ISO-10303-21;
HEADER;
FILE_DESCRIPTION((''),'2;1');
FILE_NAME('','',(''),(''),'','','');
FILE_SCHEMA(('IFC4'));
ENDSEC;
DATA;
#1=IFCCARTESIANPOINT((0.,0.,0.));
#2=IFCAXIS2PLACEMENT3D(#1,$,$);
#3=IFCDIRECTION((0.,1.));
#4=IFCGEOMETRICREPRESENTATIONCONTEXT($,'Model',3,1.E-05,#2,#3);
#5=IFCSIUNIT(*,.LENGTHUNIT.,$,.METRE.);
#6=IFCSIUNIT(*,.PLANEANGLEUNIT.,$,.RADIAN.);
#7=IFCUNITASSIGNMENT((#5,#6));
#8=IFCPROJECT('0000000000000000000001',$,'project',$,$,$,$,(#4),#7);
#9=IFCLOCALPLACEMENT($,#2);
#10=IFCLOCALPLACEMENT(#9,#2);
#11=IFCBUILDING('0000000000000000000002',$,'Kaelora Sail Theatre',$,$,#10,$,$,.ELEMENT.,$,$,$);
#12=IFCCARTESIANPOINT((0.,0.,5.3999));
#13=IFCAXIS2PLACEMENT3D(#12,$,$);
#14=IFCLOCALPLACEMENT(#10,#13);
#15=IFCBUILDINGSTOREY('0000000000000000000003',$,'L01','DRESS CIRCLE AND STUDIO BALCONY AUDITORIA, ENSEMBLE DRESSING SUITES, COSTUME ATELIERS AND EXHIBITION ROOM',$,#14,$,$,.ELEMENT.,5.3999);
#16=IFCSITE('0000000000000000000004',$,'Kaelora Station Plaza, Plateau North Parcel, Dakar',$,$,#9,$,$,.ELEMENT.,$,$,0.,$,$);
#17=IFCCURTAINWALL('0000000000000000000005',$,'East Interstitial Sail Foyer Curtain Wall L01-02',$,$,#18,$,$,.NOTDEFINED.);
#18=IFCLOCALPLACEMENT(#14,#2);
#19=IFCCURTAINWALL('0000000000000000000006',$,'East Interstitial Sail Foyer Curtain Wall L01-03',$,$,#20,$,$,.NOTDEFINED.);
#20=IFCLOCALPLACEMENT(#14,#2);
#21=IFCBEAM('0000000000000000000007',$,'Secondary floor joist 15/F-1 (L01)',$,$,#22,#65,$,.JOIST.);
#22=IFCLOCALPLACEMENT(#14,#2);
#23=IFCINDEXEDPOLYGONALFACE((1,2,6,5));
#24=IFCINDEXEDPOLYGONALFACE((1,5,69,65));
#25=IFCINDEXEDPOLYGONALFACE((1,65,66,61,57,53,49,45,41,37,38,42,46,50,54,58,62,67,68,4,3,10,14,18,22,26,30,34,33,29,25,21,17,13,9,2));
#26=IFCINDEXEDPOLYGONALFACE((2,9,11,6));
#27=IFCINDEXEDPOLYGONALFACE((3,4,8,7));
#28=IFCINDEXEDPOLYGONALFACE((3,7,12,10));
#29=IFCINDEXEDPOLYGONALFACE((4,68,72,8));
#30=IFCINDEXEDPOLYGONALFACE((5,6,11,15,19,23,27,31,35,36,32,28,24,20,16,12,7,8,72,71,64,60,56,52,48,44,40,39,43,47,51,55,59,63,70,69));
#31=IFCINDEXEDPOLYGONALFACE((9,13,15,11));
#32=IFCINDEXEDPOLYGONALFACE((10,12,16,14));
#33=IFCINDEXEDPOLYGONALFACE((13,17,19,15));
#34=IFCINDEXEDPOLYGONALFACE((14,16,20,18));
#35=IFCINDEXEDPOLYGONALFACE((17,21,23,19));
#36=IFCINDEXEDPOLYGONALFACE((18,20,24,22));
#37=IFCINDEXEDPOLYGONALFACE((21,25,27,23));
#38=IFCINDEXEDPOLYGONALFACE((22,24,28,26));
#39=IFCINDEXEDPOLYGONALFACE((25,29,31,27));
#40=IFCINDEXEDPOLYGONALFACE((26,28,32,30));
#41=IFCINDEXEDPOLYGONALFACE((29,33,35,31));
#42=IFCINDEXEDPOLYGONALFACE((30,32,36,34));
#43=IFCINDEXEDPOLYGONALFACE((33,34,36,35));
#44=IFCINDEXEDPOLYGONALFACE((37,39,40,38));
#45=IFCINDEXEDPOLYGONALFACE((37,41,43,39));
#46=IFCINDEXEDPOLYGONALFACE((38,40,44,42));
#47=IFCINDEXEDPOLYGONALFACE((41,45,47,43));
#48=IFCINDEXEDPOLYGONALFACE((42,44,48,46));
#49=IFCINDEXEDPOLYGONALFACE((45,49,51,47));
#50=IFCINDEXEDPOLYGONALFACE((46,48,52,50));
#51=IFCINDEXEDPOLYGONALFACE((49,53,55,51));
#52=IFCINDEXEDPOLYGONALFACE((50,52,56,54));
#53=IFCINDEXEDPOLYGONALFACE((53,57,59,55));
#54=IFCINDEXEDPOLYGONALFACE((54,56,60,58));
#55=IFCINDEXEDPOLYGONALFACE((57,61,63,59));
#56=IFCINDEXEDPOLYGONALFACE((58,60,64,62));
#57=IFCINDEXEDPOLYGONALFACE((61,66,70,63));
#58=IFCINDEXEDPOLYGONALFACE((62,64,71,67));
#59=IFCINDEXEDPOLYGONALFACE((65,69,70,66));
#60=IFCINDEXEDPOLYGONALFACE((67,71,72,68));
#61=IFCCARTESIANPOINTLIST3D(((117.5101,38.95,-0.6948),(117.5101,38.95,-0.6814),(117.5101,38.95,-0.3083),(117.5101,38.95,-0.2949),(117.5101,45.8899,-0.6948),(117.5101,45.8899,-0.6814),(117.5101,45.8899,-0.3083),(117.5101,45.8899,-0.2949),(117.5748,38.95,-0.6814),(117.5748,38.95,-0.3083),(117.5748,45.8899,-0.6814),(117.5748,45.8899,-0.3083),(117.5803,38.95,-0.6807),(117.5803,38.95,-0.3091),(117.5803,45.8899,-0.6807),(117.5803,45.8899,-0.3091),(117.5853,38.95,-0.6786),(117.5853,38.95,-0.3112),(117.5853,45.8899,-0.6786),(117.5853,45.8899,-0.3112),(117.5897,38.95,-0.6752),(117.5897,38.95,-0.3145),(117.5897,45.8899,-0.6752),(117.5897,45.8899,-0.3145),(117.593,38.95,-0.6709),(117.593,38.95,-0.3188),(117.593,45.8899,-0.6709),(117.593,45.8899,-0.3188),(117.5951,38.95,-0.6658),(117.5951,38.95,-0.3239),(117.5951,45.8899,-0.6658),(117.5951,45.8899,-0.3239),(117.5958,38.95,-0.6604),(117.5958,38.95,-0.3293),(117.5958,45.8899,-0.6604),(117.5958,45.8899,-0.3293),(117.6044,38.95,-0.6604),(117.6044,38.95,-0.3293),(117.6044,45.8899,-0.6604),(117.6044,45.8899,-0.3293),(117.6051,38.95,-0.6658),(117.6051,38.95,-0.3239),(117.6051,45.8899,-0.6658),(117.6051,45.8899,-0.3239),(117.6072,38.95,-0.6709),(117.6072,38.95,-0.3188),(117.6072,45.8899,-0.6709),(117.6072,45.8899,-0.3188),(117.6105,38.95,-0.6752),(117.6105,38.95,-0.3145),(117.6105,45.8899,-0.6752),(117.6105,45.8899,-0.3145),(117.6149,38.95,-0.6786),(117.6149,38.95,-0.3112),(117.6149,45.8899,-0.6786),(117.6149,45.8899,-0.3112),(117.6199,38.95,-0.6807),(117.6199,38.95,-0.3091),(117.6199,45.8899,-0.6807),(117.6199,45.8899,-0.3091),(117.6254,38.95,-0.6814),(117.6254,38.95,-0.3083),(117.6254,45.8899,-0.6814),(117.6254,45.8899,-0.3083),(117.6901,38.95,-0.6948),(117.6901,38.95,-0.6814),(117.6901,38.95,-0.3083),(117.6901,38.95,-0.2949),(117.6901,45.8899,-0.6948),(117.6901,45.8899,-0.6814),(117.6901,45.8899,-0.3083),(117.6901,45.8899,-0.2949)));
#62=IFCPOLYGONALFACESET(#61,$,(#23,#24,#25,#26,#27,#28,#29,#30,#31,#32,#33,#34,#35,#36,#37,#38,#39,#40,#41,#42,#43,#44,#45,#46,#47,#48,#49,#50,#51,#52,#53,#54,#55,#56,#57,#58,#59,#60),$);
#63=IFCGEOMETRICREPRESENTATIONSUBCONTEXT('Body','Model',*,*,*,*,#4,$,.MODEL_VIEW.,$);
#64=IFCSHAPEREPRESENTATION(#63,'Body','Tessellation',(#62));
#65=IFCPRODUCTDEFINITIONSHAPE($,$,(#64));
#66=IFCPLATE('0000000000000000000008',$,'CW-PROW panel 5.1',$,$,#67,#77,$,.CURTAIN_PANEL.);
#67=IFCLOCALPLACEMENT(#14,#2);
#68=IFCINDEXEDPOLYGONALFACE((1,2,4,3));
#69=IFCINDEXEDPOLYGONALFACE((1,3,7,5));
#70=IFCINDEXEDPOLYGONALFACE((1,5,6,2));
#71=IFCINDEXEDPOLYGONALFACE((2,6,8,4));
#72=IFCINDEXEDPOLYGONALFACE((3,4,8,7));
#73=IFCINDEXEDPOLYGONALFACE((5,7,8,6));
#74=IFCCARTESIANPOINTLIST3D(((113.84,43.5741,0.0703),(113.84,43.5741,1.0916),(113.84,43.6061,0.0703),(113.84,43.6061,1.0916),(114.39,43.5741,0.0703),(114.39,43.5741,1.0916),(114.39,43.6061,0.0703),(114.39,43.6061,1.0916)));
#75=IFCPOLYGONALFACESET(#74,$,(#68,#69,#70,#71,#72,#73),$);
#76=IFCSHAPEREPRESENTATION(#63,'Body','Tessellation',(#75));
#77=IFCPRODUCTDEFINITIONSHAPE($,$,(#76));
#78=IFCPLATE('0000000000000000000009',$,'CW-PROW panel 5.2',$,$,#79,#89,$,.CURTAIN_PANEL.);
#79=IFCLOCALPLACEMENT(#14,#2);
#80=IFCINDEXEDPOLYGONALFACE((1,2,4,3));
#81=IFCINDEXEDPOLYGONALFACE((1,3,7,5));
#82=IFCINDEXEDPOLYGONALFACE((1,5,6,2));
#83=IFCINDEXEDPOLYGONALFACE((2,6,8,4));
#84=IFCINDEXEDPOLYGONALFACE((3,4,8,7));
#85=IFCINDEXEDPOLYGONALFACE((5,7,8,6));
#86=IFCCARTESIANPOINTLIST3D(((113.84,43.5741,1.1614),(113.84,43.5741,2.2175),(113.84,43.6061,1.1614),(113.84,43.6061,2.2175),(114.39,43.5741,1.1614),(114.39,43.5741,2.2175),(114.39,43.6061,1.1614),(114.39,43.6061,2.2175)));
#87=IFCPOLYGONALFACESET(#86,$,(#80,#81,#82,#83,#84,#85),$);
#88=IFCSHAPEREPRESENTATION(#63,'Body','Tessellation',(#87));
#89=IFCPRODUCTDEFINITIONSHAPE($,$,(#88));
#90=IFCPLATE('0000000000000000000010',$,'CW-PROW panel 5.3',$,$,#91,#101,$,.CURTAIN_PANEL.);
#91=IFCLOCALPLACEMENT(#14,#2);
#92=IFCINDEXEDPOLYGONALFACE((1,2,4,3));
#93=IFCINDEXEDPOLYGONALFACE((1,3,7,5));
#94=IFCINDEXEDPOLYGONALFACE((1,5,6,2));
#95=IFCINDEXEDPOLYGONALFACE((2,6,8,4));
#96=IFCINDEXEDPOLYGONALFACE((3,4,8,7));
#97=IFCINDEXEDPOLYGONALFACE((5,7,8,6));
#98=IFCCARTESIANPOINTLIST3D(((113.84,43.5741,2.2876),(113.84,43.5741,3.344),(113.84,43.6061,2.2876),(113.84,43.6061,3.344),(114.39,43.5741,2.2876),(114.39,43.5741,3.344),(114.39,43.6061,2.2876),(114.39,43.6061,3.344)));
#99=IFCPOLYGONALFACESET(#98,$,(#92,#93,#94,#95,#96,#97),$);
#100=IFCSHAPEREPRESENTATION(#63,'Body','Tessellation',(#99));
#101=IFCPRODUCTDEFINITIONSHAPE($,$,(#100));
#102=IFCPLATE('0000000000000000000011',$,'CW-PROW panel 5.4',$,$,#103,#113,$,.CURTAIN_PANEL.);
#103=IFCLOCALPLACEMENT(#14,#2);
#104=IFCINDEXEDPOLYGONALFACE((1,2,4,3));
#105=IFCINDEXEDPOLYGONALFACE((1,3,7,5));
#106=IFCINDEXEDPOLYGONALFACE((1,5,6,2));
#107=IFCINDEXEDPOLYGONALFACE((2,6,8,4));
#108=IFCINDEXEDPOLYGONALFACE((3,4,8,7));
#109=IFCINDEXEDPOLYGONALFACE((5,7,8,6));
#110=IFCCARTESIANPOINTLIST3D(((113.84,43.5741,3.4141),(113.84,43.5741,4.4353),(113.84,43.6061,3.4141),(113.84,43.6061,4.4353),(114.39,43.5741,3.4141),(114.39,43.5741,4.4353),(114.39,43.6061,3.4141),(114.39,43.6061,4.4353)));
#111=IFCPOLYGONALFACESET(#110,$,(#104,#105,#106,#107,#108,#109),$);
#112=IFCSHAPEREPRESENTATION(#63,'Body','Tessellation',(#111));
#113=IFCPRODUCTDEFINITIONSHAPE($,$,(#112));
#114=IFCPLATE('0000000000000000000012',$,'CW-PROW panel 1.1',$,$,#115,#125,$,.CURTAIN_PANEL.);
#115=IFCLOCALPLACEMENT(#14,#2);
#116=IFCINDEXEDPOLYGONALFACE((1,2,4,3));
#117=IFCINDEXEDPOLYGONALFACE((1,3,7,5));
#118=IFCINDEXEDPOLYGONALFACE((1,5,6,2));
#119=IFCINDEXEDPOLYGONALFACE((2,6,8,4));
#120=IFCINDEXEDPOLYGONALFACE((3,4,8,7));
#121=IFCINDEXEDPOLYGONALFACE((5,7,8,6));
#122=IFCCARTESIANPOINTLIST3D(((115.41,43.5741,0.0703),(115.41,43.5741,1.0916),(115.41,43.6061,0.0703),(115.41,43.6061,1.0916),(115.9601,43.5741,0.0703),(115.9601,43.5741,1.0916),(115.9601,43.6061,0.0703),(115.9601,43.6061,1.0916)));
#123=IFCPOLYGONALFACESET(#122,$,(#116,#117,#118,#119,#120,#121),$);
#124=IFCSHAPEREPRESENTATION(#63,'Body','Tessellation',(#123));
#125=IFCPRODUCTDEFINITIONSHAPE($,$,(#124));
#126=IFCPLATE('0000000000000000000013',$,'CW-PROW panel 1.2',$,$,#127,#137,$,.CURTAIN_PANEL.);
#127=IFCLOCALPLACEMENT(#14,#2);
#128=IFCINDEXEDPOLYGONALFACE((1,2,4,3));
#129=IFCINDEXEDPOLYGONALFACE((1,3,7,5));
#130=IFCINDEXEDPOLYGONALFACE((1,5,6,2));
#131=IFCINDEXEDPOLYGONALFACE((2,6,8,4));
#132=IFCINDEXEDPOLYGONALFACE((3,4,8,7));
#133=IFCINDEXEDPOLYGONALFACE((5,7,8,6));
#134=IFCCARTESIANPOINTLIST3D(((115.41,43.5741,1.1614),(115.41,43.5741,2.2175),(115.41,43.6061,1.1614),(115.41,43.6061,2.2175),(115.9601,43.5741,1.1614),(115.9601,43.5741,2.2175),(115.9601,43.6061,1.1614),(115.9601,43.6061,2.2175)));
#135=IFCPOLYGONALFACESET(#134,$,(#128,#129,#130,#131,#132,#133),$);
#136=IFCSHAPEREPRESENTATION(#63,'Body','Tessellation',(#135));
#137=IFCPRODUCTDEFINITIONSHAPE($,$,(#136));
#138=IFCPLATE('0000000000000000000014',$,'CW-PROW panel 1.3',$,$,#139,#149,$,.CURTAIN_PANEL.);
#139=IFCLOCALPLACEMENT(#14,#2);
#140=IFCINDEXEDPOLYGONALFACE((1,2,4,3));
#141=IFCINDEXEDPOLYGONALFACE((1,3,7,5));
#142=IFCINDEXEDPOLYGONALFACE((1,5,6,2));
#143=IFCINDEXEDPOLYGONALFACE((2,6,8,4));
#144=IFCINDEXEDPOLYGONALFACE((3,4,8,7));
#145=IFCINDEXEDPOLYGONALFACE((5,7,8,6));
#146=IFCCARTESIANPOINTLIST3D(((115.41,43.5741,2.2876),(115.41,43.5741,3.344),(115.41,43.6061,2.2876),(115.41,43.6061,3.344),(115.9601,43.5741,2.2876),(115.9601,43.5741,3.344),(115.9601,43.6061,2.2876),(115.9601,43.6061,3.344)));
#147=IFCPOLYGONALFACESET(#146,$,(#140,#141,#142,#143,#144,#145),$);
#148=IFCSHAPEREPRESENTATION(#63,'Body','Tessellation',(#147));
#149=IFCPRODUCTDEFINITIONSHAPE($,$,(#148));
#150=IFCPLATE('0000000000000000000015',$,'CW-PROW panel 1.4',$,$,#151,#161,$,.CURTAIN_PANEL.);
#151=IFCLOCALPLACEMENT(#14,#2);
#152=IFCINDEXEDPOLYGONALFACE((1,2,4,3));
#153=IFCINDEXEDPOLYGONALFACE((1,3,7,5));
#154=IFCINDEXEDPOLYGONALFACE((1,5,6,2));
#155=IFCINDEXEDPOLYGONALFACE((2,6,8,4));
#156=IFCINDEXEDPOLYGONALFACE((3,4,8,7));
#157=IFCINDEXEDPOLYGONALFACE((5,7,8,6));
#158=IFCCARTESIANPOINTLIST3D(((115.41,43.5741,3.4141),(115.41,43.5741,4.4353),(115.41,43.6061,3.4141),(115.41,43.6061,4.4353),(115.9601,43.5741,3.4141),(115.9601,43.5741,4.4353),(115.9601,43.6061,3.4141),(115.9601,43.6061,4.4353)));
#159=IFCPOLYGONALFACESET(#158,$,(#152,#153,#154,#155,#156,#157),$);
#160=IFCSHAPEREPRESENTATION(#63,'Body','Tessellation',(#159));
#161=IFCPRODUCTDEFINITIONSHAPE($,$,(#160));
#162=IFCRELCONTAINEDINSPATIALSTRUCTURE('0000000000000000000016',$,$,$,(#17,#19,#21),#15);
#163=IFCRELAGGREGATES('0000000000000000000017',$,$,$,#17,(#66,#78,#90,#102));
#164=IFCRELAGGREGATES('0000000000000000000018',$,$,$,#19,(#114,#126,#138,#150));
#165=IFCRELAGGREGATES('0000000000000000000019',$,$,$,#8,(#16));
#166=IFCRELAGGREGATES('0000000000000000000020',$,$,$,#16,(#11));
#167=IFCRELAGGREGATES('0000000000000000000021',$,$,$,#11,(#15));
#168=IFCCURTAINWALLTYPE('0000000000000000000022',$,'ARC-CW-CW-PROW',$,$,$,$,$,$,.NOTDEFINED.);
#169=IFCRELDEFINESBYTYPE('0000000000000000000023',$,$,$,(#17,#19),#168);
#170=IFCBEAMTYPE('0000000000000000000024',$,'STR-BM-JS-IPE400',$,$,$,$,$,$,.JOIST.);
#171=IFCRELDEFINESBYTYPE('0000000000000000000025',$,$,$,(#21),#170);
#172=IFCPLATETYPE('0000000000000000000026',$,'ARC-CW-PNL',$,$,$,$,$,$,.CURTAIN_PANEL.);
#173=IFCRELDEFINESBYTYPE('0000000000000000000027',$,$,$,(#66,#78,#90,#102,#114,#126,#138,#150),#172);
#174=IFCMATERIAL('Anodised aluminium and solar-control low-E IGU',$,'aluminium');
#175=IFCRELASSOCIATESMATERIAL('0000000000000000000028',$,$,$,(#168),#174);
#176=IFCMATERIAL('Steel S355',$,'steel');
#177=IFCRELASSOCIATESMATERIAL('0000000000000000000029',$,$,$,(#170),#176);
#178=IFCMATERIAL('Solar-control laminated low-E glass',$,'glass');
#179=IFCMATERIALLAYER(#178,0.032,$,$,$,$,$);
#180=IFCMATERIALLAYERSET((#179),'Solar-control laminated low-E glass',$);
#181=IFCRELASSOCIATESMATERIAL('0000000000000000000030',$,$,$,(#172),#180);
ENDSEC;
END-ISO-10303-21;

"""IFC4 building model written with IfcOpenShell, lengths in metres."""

from ifc_helpers import new_model, si_unit, direction, frame, origin, origin_2d, place, context, subcontext, project, spatial, rectangle, i_section, extrude, material, layer, layer_set, material_profile, profile_set, type_object, element, aggregate, save


model = new_model("IFC4")

# Units and contexts
model_context = context("Model", 3, precision=1e-05, world=origin(), true_north=direction((0.0, 1.0)))
body_context = subcontext(model_context, "Body", "Model", "MODEL_VIEW")
ifc_project = project(units=[si_unit("LENGTHUNIT", "METRE"), si_unit("PLANEANGLEUNIT", "RADIAN")], contexts=[model_context])

# Site, building, storey
site_placement = place(None, origin())
site = spatial("IfcSite", under=ifc_project, at=site_placement, Name="Kaelora Station Plaza, Plateau North Parcel, Dakar", CompositionType="ELEMENT", RefElevation=0.0)
building_placement = place(site_placement, origin())
building = spatial("IfcBuilding", under=site, at=building_placement, Name="Kaelora Sail Theatre", CompositionType="ELEMENT")
storey_placement = place(building_placement, frame((0.0, 0.0, 5.3999)))
storey = spatial("IfcBuildingStorey", under=building, at=storey_placement, Name="L01", Description="DRESS CIRCLE AND STUDIO BALCONY AUDITORIA, ENSEMBLE DRESSING SUITES, COSTUME ATELIERS AND EXHIBITION ROOM", CompositionType="ELEMENT", Elevation=5.3999)

# Curtain wall
ifc_material_1 = material(Name="Anodised aluminium and solar-control low-E IGU", Category="aluminium")
curtain_wall_type = type_object("IfcCurtainWallType", Name="ARC-CW-CW-PROW", PredefinedType="NOTDEFINED", material=ifc_material_1)
curtain_wall_1_placement = place(storey_placement, origin())
curtain_wall_1 = element("IfcCurtainWall", 1, at=curtain_wall_1_placement, inside=storey, type_object=curtain_wall_type, Name="East Interstitial Sail Foyer Curtain Wall L01-02", PredefinedType="NOTDEFINED")

# Curtain wall
curtain_wall_2_placement = place(storey_placement, origin())
curtain_wall_2 = element("IfcCurtainWall", 2, at=curtain_wall_2_placement, inside=storey, type_object=curtain_wall_type, Name="East Interstitial Sail Foyer Curtain Wall L01-03", PredefinedType="NOTDEFINED")

# Beam
ifc_material_2 = material(Name="Steel S355", Category="steel")
ifc_material_profile_1 = material_profile(ifc_material_2, i_section(OverallWidth=0.1799, OverallDepth=0.3999, WebThickness=0.0085, FlangeThickness=0.0134, FilletRadius=0.021, at=origin_2d()), Name="IPE 400")
ifc_profile_set_1 = profile_set([ifc_material_profile_1], Name="Steel S355")
beam_type_1 = type_object("IfcBeamType", Name="STR-BM-JS-IPE400", PredefinedType="JOIST", material=ifc_profile_set_1)
beam_1_placement = place(storey_placement, frame((117.6001, 38.95, -0.4949), z_axis=(0.0, 1.0, 0.0), x_axis=(-1.0, 0.0, 0.0)))
element("IfcBeam", 3, at=beam_1_placement, inside=storey, type_object=beam_type_1, Name="Secondary floor joist 15/F-1 (L01)", PredefinedType="JOIST", context=body_context, shape_type="SweptSolid", body=[
    extrude(i_section(OverallWidth=0.1799, OverallDepth=0.3999, WebThickness=0.0085, FlangeThickness=0.0134, FilletRadius=0.021, at=origin_2d()), origin(), (0.0, 0.0, 1.0), 6.9399),
])

# Plates
ifc_material_3 = material(Name="Solar-control laminated low-E glass", Category="glass")
ifc_layer = layer(ifc_material_3, 0.032)
ifc_layer_set = layer_set([ifc_layer], Name="Solar-control laminated low-E glass")
plate_type = type_object("IfcPlateType", Name="ARC-CW-PNL", PredefinedType="CURTAIN_PANEL", material=ifc_layer_set)
plate_1_placement = place(storey_placement, frame((114.115, 43.5901, 0.0703), z_axis=(0.0, 0.0, 1.0), x_axis=(1.0, 0.0, 0.0)))
plate_1 = element("IfcPlate", 4, at=plate_1_placement, type_object=plate_type, Name="CW-PROW panel 5.1", PredefinedType="CURTAIN_PANEL", context=body_context, shape_type="SweptSolid", body=[
    extrude(rectangle(XDim=0.55, YDim=0.032, at=origin_2d()), origin(), (0.0, 0.0, 1.0), 1.0212),
])
plate_2_placement = place(storey_placement, frame((114.115, 43.5901, 1.1614), z_axis=(0.0, 0.0, 1.0), x_axis=(1.0, 0.0, 0.0)))
plate_2 = element("IfcPlate", 5, at=plate_2_placement, type_object=plate_type, Name="CW-PROW panel 5.2", PredefinedType="CURTAIN_PANEL", context=body_context, shape_type="SweptSolid", body=[
    extrude(rectangle(XDim=0.55, YDim=0.032, at=origin_2d()), origin(), (0.0, 0.0, 1.0), 1.0562),
])
plate_3_placement = place(storey_placement, frame((114.115, 43.5901, 2.2876), z_axis=(0.0, 0.0, 1.0), x_axis=(1.0, 0.0, 0.0)))
plate_3 = element("IfcPlate", 6, at=plate_3_placement, type_object=plate_type, Name="CW-PROW panel 5.3", PredefinedType="CURTAIN_PANEL", context=body_context, shape_type="SweptSolid", body=[
    extrude(rectangle(XDim=0.55, YDim=0.032, at=origin_2d()), origin(), (0.0, 0.0, 1.0), 1.0564),
])
plate_4_placement = place(storey_placement, frame((114.115, 43.5901, 3.4141), z_axis=(0.0, 0.0, 1.0), x_axis=(1.0, 0.0, 0.0)))
plate_4 = element("IfcPlate", 7, at=plate_4_placement, type_object=plate_type, Name="CW-PROW panel 5.4", PredefinedType="CURTAIN_PANEL", context=body_context, shape_type="SweptSolid", body=[
    extrude(rectangle(XDim=0.55, YDim=0.032, at=origin_2d()), origin(), (0.0, 0.0, 1.0), 1.0212),
])
aggregate(curtain_wall_1, [plate_1, plate_2, plate_3, plate_4])
plate_5_placement = place(storey_placement, frame((115.6851, 43.5901, 0.0703), z_axis=(0.0, 0.0, 1.0), x_axis=(1.0, 0.0, 0.0)))
plate_5 = element("IfcPlate", 8, at=plate_5_placement, type_object=plate_type, Name="CW-PROW panel 1.1", PredefinedType="CURTAIN_PANEL", context=body_context, shape_type="SweptSolid", body=[
    extrude(rectangle(XDim=0.55, YDim=0.032, at=origin_2d()), origin(), (0.0, 0.0, 1.0), 1.0212),
])
plate_6_placement = place(storey_placement, frame((115.6851, 43.5901, 1.1614), z_axis=(0.0, 0.0, 1.0), x_axis=(1.0, 0.0, 0.0)))
plate_6 = element("IfcPlate", 9, at=plate_6_placement, type_object=plate_type, Name="CW-PROW panel 1.2", PredefinedType="CURTAIN_PANEL", context=body_context, shape_type="SweptSolid", body=[
    extrude(rectangle(XDim=0.55, YDim=0.032, at=origin_2d()), origin(), (0.0, 0.0, 1.0), 1.0562),
])
plate_7_placement = place(storey_placement, frame((115.6851, 43.5901, 2.2876), z_axis=(0.0, 0.0, 1.0), x_axis=(1.0, 0.0, 0.0)))
plate_7 = element("IfcPlate", 10, at=plate_7_placement, type_object=plate_type, Name="CW-PROW panel 1.3", PredefinedType="CURTAIN_PANEL", context=body_context, shape_type="SweptSolid", body=[
    extrude(rectangle(XDim=0.55, YDim=0.032, at=origin_2d()), origin(), (0.0, 0.0, 1.0), 1.0564),
])
plate_8_placement = place(storey_placement, frame((115.6851, 43.5901, 3.4141), z_axis=(0.0, 0.0, 1.0), x_axis=(1.0, 0.0, 0.0)))
plate_8 = element("IfcPlate", 11, at=plate_8_placement, type_object=plate_type, Name="CW-PROW panel 1.4", PredefinedType="CURTAIN_PANEL", context=body_context, shape_type="SweptSolid", body=[
    extrude(rectangle(XDim=0.55, YDim=0.032, at=origin_2d()), origin(), (0.0, 0.0, 1.0), 1.0212),
])
aggregate(curtain_wall_2, [plate_5, plate_6, plate_7, plate_8])

save(model, "model.ifc")
